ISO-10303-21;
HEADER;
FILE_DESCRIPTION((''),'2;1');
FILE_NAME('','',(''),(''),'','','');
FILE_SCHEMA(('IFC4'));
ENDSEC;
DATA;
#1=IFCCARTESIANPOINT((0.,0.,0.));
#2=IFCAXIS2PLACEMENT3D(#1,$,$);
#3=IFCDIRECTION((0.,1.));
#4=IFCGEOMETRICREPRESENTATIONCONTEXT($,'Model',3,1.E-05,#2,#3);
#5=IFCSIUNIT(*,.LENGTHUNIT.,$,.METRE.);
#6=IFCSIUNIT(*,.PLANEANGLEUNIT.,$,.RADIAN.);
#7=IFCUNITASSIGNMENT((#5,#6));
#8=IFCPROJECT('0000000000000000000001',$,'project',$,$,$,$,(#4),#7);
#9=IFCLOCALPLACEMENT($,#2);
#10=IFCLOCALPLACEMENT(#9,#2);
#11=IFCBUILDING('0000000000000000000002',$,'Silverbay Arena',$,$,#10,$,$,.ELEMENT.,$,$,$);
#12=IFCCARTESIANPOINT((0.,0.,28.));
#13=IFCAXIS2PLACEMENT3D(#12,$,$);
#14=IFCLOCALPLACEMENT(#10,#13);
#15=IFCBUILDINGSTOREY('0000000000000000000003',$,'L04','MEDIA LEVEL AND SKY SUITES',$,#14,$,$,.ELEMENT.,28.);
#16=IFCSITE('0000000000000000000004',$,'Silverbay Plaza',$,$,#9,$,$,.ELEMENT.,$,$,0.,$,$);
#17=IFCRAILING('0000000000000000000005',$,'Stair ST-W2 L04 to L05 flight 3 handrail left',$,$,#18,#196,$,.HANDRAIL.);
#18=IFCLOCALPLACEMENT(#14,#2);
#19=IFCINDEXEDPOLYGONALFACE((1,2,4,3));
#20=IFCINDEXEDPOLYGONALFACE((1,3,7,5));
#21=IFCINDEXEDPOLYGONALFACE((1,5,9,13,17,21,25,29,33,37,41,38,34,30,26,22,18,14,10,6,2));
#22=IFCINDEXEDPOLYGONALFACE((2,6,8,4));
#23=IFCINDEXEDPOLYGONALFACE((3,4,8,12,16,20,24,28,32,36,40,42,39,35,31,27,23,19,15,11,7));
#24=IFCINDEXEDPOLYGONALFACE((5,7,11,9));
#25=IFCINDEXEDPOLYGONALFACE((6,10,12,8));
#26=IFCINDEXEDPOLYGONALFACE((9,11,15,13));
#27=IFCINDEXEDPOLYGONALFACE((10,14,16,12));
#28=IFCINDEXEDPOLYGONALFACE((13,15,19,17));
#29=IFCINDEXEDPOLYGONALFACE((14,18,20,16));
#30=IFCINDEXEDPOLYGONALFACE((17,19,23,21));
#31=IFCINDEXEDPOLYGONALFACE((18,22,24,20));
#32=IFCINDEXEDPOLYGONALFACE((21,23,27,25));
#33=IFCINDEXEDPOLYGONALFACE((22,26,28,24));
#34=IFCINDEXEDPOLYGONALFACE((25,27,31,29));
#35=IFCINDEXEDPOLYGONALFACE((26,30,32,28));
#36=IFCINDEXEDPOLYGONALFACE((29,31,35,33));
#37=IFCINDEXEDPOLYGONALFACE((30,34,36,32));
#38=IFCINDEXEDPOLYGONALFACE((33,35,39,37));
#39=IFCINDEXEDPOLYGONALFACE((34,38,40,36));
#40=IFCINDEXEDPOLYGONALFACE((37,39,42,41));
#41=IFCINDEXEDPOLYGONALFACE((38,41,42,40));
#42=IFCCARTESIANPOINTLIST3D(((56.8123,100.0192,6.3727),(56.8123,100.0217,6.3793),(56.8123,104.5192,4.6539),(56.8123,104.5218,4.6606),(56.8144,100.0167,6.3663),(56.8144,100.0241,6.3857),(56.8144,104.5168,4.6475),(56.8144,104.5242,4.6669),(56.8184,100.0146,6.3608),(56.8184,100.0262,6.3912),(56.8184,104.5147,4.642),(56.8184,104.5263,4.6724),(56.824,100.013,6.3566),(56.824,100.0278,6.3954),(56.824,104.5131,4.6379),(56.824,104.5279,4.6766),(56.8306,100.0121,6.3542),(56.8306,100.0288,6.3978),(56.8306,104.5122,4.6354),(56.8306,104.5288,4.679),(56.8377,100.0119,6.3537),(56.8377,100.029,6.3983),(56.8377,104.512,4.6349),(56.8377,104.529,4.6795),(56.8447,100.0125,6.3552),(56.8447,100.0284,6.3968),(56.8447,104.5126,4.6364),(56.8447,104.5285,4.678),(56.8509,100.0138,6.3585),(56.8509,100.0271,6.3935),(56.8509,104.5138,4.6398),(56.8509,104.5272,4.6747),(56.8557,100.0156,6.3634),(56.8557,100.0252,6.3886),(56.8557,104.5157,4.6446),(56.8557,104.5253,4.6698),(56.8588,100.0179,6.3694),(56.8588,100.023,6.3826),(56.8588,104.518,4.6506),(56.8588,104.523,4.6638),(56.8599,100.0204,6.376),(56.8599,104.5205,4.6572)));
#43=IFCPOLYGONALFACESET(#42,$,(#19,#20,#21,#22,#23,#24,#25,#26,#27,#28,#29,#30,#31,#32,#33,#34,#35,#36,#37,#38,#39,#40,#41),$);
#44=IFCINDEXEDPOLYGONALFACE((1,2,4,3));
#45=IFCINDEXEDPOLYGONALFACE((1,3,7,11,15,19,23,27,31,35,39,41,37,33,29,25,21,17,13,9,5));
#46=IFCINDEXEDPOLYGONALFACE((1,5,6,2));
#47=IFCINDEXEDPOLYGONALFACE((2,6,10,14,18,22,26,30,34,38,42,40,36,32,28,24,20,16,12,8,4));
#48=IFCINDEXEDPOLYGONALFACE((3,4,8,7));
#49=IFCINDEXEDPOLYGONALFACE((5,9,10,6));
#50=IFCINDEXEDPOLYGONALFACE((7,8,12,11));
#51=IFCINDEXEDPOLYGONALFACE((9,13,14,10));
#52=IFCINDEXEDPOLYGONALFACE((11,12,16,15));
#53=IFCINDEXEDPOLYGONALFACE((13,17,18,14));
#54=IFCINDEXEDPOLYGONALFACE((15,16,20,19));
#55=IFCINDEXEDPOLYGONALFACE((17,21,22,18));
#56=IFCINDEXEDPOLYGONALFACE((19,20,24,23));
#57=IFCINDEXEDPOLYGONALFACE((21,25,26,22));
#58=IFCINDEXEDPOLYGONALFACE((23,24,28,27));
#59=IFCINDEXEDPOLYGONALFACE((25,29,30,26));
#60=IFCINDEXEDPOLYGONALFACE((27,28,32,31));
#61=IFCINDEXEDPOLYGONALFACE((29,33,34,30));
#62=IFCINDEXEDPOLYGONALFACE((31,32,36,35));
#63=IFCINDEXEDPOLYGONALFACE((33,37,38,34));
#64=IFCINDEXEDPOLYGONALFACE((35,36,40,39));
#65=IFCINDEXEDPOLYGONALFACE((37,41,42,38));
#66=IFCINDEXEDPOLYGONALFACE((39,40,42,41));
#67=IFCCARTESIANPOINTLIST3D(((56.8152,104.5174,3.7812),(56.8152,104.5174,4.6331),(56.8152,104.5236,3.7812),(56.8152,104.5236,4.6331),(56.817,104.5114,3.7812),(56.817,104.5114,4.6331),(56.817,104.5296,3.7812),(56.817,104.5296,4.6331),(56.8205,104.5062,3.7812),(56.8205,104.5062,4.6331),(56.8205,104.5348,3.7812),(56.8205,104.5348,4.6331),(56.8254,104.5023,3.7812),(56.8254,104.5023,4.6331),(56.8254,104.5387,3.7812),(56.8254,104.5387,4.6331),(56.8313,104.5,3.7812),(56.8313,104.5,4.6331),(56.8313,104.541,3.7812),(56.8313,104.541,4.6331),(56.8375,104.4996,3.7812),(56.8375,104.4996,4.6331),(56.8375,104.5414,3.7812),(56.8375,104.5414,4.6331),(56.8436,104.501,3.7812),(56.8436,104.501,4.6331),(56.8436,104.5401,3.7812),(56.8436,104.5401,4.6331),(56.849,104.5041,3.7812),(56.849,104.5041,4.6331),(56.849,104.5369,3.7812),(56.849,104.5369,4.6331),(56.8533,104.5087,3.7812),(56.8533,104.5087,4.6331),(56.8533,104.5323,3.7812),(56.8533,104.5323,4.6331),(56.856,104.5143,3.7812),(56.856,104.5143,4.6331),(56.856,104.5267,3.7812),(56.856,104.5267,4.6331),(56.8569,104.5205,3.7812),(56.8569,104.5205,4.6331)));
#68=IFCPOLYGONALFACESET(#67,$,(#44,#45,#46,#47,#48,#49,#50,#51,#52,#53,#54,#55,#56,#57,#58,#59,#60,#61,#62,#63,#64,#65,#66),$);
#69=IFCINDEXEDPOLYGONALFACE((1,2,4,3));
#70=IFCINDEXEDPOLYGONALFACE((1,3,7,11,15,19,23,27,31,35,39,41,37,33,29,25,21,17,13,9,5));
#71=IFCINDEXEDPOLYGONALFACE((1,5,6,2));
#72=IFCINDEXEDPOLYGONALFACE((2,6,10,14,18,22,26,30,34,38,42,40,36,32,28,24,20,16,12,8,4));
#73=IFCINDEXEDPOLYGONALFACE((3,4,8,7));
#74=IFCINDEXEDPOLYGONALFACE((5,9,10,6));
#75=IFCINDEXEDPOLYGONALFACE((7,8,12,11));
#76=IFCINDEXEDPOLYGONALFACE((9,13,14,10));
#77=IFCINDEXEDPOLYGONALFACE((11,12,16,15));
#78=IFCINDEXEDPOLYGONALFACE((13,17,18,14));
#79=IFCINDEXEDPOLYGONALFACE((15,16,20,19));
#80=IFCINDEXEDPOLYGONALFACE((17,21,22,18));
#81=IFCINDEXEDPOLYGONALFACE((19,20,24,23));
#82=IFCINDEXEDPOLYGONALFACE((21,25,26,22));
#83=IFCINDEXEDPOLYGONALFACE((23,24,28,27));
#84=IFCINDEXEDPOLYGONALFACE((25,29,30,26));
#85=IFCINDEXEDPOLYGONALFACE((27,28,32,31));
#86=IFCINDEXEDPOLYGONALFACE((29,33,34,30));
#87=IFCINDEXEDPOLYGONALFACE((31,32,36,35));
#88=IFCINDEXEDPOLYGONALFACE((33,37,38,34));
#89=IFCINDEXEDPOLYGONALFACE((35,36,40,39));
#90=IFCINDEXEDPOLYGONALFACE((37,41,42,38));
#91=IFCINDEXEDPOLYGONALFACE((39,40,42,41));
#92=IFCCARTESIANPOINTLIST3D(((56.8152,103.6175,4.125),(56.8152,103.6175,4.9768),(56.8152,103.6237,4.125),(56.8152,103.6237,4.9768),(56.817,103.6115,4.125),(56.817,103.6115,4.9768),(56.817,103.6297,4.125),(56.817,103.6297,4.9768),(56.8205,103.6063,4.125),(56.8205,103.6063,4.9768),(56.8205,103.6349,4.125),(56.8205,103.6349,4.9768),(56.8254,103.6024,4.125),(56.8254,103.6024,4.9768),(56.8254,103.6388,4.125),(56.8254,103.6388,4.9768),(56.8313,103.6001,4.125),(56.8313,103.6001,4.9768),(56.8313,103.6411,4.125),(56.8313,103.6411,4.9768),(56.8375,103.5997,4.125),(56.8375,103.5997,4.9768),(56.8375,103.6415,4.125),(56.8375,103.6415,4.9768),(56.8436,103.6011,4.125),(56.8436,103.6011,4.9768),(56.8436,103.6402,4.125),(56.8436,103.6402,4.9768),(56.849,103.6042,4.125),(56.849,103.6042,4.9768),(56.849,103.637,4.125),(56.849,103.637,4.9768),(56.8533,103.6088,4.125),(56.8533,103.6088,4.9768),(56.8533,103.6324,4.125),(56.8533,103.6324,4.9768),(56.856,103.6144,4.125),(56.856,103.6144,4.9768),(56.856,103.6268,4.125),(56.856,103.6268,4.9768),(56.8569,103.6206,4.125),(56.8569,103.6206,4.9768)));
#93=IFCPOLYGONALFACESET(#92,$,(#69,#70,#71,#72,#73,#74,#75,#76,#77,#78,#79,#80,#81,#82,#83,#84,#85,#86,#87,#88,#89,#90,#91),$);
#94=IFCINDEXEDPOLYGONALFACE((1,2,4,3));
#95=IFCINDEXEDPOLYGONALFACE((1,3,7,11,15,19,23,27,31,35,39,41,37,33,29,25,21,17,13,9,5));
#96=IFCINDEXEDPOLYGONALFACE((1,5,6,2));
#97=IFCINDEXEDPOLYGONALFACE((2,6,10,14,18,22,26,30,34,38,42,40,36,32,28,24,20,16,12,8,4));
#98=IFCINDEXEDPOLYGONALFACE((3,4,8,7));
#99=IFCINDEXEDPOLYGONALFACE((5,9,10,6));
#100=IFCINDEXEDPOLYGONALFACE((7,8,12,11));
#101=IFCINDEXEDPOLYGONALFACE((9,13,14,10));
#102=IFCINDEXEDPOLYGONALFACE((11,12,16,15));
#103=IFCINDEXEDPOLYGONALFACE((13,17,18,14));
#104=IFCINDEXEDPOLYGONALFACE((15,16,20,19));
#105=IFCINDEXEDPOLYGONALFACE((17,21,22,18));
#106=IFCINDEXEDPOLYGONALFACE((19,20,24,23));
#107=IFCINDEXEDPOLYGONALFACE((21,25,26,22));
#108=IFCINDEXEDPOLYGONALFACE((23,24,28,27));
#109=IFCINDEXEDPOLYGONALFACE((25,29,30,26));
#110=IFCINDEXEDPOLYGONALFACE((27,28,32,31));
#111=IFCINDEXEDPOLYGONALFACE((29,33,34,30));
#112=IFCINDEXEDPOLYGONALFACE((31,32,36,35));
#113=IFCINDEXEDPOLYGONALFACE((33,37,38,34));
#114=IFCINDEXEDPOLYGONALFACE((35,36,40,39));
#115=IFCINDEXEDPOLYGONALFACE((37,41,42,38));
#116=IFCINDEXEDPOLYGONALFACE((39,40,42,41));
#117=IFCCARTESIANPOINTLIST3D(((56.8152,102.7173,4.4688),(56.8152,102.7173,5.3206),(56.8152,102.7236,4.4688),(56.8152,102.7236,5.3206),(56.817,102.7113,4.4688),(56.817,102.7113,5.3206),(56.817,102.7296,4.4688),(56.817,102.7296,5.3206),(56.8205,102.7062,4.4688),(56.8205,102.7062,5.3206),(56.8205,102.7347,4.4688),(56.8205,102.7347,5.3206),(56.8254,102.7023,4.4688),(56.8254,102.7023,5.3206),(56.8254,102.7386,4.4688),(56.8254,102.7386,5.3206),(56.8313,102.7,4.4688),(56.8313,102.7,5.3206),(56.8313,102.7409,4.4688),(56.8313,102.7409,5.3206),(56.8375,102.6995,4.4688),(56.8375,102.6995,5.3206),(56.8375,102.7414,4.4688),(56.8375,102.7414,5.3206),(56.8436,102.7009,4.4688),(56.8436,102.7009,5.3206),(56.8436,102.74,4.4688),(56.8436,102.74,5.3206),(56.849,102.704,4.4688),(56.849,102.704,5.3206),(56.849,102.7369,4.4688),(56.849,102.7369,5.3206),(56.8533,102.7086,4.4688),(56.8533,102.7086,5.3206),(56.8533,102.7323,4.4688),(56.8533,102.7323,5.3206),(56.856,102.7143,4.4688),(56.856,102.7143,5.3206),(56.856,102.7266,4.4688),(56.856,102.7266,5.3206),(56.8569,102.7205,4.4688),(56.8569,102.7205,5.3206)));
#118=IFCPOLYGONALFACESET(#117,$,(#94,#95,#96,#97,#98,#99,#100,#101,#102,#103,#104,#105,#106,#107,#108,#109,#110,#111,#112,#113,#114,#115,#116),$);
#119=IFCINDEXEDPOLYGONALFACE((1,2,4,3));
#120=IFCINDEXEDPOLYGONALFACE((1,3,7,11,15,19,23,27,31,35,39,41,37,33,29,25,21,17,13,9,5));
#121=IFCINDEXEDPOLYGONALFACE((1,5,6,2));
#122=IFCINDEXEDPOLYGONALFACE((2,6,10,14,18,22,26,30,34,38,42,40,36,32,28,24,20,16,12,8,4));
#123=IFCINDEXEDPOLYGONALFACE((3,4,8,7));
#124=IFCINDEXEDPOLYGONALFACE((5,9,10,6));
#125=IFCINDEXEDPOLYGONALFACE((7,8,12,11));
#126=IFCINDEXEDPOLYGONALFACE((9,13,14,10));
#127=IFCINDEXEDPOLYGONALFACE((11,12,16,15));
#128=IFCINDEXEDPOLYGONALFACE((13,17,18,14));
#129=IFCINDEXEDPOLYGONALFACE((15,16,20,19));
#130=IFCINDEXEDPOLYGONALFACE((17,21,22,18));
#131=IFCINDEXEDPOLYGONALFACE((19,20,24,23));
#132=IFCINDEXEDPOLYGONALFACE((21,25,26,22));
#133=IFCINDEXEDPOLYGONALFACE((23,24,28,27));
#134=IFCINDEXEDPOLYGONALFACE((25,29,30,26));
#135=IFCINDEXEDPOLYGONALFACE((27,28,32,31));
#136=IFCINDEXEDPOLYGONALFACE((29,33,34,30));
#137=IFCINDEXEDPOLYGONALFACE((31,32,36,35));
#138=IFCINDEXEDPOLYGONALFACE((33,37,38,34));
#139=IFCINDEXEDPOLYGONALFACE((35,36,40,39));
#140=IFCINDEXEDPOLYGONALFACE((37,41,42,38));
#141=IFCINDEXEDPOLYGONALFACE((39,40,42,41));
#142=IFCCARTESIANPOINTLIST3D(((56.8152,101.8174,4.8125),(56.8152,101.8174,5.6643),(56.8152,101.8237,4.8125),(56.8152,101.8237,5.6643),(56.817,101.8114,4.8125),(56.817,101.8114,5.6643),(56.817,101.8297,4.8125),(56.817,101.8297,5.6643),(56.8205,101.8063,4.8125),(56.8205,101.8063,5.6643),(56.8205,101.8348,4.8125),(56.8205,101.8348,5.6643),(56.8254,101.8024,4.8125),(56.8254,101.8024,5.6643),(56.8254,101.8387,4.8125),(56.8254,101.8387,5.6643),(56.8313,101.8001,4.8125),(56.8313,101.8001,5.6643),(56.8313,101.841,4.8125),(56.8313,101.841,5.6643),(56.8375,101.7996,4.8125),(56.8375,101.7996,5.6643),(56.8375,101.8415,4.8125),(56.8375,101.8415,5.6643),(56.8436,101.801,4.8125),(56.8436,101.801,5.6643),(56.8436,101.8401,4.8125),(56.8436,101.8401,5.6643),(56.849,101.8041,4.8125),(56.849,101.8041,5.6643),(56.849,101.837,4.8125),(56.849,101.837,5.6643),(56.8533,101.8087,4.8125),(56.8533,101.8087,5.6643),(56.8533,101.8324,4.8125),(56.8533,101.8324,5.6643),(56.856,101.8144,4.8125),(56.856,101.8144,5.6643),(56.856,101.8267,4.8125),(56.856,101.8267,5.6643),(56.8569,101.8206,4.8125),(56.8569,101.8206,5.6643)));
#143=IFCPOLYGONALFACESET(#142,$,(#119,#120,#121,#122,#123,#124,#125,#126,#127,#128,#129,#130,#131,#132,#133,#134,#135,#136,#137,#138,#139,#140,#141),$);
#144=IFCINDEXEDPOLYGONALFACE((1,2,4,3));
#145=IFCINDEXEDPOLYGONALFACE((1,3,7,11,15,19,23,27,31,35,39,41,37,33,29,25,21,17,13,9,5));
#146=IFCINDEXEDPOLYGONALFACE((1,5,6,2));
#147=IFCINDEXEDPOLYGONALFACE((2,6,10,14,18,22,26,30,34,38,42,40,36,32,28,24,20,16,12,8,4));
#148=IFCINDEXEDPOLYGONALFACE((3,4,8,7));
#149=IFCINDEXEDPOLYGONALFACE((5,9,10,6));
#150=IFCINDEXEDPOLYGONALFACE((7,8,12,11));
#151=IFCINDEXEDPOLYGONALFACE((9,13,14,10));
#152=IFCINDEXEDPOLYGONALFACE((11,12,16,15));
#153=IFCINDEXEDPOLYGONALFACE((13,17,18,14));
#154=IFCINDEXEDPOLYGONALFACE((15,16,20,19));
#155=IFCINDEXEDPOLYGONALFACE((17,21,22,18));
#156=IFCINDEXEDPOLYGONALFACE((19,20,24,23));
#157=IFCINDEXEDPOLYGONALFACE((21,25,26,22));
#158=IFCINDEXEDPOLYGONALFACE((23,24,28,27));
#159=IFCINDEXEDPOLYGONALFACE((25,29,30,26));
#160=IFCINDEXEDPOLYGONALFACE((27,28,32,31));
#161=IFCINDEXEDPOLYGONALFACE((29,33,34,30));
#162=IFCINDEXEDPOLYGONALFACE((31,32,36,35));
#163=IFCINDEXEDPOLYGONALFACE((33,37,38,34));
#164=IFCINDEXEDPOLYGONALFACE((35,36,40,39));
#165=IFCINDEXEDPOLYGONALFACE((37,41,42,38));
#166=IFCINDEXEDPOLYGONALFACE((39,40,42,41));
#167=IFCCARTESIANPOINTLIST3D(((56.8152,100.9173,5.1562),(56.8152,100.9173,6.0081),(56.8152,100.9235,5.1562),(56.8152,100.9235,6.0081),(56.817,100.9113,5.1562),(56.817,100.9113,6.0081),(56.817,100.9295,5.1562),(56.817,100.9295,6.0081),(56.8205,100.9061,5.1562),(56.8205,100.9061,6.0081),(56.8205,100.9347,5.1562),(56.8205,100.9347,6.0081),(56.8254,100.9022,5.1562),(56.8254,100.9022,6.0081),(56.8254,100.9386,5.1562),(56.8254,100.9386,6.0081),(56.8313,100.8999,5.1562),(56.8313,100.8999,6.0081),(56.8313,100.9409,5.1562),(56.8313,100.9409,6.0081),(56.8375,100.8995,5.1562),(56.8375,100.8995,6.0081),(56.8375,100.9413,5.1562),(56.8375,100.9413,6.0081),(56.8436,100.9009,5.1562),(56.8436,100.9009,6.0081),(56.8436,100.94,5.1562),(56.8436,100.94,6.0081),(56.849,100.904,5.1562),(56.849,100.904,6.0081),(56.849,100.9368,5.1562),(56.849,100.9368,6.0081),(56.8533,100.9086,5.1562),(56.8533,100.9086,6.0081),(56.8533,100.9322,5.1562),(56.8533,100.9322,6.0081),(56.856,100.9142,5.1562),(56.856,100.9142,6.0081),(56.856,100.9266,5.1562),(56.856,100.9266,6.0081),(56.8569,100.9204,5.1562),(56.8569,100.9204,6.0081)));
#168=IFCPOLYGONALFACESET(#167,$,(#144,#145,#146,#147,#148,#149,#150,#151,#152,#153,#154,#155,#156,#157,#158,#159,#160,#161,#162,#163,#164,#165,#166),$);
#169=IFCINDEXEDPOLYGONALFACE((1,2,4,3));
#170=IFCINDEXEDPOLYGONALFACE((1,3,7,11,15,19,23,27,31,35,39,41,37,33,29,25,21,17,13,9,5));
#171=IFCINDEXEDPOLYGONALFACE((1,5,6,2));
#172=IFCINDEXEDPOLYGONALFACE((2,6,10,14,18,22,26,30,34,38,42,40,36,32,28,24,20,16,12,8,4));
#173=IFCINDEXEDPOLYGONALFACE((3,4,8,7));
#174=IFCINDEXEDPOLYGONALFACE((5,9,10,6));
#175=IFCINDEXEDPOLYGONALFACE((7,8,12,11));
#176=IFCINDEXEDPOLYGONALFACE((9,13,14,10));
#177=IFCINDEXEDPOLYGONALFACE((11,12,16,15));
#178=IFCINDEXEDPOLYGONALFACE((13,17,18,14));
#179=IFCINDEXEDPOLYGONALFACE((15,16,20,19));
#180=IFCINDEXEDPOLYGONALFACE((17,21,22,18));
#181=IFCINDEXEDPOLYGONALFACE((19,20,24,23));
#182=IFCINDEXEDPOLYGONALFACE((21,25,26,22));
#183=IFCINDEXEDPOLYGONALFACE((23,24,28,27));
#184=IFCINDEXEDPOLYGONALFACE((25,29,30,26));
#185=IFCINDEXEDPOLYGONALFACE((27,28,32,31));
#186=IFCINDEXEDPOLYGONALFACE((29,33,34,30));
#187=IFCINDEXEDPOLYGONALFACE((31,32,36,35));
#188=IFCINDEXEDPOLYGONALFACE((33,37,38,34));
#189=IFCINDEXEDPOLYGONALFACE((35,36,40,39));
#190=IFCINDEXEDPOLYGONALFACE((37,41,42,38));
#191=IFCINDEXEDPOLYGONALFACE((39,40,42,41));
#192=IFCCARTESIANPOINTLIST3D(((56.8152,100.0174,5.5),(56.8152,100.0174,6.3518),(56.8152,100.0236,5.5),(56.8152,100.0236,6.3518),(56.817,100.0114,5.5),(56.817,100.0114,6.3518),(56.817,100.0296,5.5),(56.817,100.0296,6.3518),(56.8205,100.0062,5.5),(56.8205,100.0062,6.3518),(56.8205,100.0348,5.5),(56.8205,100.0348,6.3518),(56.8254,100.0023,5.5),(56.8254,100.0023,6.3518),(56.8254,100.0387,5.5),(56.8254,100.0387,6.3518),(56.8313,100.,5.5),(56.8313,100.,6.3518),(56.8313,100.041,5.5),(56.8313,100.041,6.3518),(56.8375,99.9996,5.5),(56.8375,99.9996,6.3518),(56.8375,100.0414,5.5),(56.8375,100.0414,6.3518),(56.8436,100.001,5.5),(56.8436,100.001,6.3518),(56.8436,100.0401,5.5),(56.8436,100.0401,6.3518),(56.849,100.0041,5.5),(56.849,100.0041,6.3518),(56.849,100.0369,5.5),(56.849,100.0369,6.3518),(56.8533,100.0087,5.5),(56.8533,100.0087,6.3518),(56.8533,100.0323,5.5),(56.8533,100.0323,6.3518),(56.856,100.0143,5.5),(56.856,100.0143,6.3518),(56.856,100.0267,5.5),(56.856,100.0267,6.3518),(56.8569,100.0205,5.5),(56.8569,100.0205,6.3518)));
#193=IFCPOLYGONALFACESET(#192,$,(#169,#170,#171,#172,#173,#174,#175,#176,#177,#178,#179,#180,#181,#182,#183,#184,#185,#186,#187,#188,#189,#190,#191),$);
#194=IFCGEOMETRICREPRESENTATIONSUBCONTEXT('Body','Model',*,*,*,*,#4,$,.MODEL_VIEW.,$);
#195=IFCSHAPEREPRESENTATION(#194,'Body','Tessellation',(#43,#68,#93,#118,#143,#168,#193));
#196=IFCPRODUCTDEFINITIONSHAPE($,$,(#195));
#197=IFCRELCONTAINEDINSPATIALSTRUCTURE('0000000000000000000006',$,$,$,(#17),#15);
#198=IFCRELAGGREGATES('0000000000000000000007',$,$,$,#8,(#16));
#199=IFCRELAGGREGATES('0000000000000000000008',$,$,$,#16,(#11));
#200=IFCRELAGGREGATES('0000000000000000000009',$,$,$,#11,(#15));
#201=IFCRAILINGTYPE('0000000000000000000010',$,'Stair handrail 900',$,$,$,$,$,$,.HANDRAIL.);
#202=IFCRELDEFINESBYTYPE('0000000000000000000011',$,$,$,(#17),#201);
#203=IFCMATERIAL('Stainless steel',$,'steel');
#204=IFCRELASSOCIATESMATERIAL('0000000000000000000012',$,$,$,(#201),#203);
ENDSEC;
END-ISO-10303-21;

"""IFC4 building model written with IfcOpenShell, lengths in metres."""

from ifc_helpers import new_model, si_unit, direction, frame, origin, origin_2d, place, context, subcontext, project, spatial, circle, extrude, material, type_object, element, save


model = new_model("IFC4")

# Units and contexts
model_context = context("Model", 3, precision=1e-05, world=origin(), true_north=direction((0.0, 1.0)))
body_context = subcontext(model_context, "Body", "Model", "MODEL_VIEW")
ifc_project = project(units=[si_unit("LENGTHUNIT", "METRE"), si_unit("PLANEANGLEUNIT", "RADIAN")], contexts=[model_context])

# Site, building, storey
site_placement = place(None, origin())
site = spatial("IfcSite", under=ifc_project, at=site_placement, Name="Silverbay Plaza", CompositionType="ELEMENT", RefElevation=0.0)
building_placement = place(site_placement, origin())
building = spatial("IfcBuilding", under=site, at=building_placement, Name="Silverbay Arena", CompositionType="ELEMENT")
storey_placement = place(building_placement, frame((0.0, 0.0, 28.0)))
storey = spatial("IfcBuildingStorey", under=building, at=storey_placement, Name="L04", Description="MEDIA LEVEL AND SKY SUITES", CompositionType="ELEMENT", Elevation=28.0)

# Railing
ifc_material_1 = material(Name="Stainless steel", Category="steel")
railing_type_1 = type_object("IfcRailingType", Name="Stair handrail 900", PredefinedType="HANDRAIL", material=ifc_material_1)
railing_1_placement = place(storey_placement, frame((56.8359, 104.5205, 3.7812)))
element("IfcRailing", 1, at=railing_1_placement, inside=storey, type_object=railing_type_1, Name="Stair ST-W2 L04 to L05 flight 3 handrail left", PredefinedType="HANDRAIL", context=body_context, shape_type="SweptSolid", body=[
    extrude(circle(Radius=0.0239, at=origin_2d()), frame((0.0, 0.0, 0.876), z_axis=(0.0, -0.934179, 0.356805), x_axis=(1.0, 0.0, 0.0)), (0.0, 0.0, 1.0), 4.8171),
    extrude(circle(Radius=0.021, at=origin_2d()), origin(), (0.0, 0.0, 1.0), 0.8518),
    extrude(circle(Radius=0.021, at=origin_2d()), frame((0.0, -0.8999, 0.3438)), (0.0, 0.0, 1.0), 0.8518),
    extrude(circle(Radius=0.021, at=origin_2d()), frame((0.0, -1.8, 0.6875)), (0.0, 0.0, 1.0), 0.8518),
    extrude(circle(Radius=0.021, at=origin_2d()), frame((0.0, -2.7, 1.0312)), (0.0, 0.0, 1.0), 0.8518),
    extrude(circle(Radius=0.021, at=origin_2d()), frame((0.0, -3.6001, 1.375)), (0.0, 0.0, 1.0), 0.8518),
    extrude(circle(Radius=0.021, at=origin_2d()), frame((0.0, -4.5, 1.7188)), (0.0, 0.0, 1.0), 0.8518),
])

save(model, "model.ifc")
